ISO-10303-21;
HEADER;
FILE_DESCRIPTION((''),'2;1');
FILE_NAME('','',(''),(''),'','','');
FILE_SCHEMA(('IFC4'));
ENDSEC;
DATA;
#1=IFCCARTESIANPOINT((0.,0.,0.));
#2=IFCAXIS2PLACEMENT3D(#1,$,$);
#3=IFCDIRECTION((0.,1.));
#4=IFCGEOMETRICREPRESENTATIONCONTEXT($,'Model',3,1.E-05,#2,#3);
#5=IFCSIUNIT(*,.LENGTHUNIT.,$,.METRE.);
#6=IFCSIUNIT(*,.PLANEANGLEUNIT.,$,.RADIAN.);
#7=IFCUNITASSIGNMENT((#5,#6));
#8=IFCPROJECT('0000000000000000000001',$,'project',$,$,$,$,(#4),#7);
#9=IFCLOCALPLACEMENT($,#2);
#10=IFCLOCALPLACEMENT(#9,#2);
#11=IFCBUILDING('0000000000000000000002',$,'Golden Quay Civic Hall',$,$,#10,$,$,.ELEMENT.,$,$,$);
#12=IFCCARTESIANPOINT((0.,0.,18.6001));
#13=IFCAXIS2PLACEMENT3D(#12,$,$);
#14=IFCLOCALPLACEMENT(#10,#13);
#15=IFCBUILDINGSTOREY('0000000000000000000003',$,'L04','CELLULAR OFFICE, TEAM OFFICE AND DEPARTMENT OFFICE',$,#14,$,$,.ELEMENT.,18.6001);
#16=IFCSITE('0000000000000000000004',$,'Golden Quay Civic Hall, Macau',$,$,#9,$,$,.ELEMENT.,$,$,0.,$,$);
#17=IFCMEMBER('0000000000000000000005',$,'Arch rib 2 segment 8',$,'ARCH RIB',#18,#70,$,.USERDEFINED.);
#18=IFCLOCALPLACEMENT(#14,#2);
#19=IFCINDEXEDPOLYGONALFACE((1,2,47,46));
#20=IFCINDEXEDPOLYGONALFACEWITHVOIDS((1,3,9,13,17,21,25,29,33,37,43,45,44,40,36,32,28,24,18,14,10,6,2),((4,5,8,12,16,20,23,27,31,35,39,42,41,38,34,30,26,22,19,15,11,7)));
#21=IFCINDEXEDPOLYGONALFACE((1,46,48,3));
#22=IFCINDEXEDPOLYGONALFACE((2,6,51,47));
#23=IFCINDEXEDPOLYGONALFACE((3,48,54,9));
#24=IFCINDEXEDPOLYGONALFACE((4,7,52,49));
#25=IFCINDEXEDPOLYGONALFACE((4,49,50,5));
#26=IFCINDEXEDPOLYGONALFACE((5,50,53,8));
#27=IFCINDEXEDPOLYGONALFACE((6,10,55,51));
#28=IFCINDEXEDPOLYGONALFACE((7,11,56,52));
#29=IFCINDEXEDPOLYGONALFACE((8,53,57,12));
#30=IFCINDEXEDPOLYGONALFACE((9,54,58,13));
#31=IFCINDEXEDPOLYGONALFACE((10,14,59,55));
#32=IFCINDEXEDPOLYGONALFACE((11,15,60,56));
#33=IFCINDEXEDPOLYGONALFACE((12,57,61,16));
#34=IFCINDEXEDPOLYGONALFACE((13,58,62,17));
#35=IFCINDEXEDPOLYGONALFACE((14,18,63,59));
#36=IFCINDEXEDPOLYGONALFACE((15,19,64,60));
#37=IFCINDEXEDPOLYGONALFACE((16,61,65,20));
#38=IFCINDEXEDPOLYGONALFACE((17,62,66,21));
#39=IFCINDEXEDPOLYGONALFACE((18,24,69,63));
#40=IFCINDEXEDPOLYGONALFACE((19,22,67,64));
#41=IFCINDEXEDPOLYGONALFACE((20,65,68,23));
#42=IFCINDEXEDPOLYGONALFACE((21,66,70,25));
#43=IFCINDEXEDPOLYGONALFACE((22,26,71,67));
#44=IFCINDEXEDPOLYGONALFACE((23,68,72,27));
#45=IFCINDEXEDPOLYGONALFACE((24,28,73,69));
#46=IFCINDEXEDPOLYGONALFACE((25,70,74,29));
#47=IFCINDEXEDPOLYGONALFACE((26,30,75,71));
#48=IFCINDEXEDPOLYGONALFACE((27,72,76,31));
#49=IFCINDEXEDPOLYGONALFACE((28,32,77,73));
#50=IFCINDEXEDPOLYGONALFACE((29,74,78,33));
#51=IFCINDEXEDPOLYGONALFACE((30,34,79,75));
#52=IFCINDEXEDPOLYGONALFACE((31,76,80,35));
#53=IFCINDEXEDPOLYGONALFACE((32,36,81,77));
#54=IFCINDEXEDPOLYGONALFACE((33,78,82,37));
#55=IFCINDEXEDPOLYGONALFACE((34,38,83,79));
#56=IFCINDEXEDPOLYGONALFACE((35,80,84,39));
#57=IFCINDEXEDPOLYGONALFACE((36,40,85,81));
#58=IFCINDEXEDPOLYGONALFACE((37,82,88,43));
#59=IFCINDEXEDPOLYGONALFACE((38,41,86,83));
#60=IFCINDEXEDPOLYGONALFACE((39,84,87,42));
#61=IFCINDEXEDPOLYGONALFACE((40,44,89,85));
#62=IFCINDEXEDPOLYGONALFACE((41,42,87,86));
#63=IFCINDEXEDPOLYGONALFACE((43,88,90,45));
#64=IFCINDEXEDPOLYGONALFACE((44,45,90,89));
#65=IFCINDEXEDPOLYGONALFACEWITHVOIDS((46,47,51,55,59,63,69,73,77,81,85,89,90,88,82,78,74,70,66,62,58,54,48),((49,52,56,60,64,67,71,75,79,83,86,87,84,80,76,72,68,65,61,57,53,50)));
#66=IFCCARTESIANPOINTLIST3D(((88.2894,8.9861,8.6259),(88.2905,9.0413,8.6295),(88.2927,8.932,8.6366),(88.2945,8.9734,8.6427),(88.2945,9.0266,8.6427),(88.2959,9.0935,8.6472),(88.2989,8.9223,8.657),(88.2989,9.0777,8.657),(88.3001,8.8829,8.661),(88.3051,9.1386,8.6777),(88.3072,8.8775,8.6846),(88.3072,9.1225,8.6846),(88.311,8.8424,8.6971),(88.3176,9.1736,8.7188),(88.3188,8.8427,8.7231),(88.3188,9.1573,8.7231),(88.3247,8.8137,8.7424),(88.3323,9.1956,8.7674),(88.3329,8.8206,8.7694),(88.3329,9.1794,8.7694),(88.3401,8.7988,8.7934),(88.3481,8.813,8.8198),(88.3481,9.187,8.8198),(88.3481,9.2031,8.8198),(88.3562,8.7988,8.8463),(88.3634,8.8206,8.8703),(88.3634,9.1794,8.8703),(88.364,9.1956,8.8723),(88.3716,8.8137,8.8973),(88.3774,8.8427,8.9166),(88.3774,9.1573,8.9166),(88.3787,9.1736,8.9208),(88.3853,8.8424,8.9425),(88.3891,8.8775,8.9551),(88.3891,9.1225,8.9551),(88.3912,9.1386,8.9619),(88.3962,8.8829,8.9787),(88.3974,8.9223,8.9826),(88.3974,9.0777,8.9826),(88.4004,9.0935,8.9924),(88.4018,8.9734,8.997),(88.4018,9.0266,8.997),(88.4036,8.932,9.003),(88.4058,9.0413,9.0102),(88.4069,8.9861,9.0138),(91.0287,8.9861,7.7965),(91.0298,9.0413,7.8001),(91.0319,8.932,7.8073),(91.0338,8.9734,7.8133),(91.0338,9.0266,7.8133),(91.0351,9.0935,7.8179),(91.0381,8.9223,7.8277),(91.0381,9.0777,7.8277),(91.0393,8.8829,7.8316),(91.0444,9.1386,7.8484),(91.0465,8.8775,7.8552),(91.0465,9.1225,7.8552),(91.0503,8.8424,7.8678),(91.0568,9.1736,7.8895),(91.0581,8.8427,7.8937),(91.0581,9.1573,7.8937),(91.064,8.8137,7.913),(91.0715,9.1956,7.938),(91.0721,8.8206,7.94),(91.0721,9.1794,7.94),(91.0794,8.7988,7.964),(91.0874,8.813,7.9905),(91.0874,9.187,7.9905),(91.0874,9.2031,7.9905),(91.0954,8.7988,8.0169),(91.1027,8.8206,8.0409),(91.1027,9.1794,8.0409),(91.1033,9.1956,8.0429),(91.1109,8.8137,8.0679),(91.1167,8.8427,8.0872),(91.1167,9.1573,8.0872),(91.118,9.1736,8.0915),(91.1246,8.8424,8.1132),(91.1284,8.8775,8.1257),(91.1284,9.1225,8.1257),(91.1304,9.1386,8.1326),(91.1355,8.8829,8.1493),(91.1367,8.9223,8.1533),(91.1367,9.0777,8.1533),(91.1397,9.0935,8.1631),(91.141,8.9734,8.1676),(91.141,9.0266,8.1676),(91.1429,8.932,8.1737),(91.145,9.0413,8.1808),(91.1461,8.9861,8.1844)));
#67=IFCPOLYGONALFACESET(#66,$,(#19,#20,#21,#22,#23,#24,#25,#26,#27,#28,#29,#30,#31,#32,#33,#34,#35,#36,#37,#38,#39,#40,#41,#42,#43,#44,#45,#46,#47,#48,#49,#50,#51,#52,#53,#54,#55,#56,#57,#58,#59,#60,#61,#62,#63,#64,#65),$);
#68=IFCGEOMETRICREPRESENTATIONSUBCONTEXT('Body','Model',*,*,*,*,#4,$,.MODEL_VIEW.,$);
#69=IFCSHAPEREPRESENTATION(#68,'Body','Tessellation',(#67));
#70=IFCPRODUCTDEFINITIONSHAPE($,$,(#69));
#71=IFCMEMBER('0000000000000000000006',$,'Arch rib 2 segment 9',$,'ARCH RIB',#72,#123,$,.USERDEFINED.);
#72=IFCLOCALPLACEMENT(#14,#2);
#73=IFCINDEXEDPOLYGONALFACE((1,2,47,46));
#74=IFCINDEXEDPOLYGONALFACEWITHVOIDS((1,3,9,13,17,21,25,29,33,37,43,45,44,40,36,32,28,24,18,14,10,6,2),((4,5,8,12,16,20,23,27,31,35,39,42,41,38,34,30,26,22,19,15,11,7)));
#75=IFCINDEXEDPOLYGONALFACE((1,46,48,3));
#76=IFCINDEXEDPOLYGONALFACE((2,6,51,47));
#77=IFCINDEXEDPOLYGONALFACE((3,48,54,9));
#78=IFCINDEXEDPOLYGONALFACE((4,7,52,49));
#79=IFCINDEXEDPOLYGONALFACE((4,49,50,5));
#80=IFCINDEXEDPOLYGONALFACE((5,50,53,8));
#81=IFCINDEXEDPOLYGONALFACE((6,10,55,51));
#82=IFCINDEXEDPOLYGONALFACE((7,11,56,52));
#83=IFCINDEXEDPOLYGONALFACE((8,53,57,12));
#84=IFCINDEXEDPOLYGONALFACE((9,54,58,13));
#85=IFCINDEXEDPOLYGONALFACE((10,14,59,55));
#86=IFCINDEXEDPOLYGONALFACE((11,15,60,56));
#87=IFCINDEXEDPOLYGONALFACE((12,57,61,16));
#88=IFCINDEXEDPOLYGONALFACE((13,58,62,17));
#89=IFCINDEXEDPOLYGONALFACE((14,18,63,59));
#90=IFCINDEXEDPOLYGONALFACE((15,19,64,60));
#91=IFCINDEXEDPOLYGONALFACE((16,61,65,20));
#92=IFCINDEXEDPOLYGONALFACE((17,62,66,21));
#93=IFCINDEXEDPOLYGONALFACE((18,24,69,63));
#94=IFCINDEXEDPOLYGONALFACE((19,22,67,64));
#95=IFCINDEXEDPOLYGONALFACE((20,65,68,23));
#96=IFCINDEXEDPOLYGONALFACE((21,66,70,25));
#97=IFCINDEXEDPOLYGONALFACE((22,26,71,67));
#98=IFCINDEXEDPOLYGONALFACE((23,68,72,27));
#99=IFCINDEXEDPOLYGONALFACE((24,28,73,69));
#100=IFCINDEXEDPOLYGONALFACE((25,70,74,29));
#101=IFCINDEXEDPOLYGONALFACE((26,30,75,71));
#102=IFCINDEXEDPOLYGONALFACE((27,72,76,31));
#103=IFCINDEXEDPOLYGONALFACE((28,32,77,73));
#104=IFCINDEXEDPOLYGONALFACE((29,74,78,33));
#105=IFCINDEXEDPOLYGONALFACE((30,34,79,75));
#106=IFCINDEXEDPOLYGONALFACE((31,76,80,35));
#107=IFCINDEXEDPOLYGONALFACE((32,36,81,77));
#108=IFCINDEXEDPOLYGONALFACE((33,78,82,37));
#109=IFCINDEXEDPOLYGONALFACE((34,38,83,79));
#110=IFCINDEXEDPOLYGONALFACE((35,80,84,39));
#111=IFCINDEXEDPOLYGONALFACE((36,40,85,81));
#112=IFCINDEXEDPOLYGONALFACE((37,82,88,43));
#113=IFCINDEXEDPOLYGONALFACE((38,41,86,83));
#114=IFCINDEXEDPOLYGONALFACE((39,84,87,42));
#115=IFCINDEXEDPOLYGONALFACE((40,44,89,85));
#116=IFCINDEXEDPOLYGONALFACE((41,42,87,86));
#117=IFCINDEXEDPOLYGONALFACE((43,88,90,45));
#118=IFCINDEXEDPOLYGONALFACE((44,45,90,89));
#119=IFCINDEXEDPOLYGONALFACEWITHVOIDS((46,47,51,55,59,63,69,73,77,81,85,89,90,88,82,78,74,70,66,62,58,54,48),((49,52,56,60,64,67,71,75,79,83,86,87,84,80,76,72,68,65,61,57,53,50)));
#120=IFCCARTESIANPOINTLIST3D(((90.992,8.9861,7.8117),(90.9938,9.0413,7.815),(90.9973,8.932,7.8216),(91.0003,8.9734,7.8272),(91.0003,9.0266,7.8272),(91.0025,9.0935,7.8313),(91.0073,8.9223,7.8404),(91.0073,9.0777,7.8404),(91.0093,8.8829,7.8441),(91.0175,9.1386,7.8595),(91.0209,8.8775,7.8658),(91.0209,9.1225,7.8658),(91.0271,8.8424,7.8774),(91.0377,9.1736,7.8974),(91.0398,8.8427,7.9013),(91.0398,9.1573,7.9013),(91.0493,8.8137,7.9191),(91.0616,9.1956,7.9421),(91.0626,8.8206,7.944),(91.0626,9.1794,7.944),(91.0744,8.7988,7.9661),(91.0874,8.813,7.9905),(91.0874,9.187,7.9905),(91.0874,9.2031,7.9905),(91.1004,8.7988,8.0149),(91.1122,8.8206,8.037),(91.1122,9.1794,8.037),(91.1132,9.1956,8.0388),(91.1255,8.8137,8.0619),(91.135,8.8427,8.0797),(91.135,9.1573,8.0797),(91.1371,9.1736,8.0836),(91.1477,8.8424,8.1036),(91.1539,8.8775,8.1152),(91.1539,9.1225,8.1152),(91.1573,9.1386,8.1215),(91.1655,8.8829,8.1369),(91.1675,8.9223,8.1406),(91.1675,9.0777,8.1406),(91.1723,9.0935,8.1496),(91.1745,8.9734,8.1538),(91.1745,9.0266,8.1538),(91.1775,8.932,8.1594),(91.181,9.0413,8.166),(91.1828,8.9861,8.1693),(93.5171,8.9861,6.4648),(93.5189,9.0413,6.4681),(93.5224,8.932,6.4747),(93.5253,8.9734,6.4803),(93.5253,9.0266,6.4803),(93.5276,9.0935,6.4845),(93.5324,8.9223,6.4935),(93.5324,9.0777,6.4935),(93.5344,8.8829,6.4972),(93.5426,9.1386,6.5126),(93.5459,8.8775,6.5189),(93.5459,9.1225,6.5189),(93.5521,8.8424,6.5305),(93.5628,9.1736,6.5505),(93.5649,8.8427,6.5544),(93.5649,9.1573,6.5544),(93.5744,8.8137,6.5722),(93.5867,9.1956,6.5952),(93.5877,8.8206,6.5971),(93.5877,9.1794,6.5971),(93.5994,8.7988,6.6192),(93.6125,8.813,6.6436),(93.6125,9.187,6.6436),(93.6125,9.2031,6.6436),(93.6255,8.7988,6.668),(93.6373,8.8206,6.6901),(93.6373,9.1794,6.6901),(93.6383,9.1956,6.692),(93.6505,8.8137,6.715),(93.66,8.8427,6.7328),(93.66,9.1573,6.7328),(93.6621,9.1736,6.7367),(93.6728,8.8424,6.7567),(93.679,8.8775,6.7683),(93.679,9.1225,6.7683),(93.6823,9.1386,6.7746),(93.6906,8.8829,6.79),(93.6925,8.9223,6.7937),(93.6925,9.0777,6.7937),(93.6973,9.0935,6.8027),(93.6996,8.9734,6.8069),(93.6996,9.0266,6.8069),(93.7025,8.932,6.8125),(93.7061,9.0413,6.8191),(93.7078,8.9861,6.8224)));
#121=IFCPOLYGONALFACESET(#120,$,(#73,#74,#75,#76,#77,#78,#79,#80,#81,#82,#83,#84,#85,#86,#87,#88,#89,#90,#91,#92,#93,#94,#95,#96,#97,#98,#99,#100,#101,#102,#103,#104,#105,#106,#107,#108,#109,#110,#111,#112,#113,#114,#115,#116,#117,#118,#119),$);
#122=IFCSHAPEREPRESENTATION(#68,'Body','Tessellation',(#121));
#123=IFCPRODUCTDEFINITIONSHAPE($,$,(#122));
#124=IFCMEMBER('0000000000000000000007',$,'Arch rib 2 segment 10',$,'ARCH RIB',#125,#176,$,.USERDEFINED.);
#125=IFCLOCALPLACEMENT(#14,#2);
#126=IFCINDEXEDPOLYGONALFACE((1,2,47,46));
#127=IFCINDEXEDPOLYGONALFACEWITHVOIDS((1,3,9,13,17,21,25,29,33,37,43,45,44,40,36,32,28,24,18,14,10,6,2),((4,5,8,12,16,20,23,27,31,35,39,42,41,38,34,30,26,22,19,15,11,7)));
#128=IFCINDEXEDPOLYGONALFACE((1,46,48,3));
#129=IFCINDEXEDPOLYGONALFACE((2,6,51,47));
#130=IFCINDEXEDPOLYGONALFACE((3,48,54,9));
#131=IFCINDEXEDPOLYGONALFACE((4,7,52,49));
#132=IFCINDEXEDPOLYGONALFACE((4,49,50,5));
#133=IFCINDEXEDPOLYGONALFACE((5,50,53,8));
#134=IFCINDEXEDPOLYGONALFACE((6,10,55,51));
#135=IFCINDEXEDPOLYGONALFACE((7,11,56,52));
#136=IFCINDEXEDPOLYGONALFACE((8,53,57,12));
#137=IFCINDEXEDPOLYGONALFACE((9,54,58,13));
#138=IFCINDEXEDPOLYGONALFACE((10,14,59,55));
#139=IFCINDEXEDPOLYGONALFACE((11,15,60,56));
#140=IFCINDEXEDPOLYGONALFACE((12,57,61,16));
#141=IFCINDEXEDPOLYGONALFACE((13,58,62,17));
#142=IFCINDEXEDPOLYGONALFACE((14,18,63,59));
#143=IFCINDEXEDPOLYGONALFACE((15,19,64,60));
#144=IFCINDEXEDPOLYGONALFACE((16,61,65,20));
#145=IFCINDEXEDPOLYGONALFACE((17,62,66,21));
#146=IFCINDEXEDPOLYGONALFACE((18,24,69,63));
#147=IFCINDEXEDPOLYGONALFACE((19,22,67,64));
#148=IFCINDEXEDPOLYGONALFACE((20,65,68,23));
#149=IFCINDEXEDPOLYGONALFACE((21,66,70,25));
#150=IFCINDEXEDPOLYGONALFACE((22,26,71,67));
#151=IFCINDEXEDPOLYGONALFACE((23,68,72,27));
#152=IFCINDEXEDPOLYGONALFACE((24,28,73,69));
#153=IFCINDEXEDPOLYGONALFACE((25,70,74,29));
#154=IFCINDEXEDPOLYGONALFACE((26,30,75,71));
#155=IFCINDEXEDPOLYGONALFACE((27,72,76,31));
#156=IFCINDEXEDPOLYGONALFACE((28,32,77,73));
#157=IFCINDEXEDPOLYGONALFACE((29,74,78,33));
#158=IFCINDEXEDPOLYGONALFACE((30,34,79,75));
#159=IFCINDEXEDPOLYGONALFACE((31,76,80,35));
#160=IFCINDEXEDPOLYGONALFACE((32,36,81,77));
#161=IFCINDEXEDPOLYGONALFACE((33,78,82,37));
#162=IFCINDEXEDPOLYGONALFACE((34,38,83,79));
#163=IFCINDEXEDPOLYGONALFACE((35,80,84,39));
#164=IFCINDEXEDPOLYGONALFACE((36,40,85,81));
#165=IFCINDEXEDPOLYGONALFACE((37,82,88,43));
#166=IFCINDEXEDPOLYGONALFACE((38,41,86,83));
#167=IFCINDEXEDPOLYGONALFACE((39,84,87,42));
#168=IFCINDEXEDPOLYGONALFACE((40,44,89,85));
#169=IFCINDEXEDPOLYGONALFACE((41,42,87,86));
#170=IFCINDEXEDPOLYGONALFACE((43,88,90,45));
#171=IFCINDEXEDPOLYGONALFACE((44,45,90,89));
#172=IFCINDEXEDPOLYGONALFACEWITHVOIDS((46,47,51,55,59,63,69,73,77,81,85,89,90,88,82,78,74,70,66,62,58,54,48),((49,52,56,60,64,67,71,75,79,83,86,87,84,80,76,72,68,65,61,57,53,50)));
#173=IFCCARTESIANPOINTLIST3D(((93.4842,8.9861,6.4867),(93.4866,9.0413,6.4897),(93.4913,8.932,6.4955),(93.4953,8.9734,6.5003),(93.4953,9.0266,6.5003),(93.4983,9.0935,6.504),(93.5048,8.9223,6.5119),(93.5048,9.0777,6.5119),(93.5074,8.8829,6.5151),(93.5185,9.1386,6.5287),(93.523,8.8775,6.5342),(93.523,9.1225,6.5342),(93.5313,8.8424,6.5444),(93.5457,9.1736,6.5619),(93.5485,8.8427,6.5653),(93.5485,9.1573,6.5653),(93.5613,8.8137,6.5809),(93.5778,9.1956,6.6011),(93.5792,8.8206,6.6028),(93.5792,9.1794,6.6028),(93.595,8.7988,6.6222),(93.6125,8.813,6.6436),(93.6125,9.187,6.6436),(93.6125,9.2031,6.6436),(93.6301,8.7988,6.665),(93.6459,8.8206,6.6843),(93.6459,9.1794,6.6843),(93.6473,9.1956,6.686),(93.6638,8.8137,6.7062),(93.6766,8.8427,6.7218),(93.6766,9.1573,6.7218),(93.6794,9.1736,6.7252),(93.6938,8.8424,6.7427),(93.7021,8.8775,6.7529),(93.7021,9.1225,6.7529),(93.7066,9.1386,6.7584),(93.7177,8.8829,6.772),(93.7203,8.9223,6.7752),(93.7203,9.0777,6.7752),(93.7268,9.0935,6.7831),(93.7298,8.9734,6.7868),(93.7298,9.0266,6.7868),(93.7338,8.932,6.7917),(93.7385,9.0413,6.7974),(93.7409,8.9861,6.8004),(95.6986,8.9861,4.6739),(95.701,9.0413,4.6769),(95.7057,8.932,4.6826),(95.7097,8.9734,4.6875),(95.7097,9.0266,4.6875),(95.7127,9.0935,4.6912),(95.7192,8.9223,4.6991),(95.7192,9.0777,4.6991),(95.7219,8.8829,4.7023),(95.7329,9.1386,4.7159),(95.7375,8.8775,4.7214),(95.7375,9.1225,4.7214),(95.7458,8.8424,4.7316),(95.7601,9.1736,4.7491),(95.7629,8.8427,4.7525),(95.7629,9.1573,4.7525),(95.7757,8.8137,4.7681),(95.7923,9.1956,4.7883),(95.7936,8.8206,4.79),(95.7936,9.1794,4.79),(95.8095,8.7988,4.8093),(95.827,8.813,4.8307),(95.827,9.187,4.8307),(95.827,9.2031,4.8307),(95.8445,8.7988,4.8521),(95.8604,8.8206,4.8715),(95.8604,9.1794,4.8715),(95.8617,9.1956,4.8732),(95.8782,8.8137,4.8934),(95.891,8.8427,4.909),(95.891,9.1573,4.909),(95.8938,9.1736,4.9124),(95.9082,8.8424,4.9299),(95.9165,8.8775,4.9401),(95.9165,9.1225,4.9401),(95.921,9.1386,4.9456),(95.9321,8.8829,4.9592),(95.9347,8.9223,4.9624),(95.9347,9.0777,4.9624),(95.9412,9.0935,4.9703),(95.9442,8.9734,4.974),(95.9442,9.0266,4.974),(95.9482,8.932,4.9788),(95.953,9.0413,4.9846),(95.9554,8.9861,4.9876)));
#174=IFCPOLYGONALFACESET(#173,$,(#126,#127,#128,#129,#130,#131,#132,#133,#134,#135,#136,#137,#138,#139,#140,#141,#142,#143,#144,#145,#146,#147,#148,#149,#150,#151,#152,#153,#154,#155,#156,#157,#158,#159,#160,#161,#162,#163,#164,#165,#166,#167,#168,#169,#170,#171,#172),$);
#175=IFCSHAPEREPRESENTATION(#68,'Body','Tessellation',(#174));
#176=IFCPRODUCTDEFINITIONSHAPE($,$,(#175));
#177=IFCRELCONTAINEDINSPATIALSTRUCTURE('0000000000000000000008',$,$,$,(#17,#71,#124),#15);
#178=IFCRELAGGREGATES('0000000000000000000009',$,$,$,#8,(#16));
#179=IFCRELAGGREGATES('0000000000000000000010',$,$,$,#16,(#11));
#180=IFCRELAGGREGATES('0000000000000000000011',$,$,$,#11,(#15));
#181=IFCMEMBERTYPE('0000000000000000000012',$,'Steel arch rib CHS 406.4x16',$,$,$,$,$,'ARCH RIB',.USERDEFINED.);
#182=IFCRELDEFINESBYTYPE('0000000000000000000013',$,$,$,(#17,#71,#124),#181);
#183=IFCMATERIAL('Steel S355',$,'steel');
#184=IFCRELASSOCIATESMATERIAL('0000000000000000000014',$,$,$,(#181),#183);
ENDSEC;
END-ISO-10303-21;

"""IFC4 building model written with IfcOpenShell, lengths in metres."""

from ifc_helpers import new_model, si_unit, direction, frame, origin, origin_2d, place, context, subcontext, project, spatial, hollow_circle, extrude, material, material_profile, profile_set, type_object, element, save


model = new_model("IFC4")

# Units and contexts
model_context = context("Model", 3, precision=1e-05, world=origin(), true_north=direction((0.0, 1.0)))
body_context = subcontext(model_context, "Body", "Model", "MODEL_VIEW")
ifc_project = project(units=[si_unit("LENGTHUNIT", "METRE"), si_unit("PLANEANGLEUNIT", "RADIAN")], contexts=[model_context])

# Site, building, storey
site_placement = place(None, origin())
site = spatial("IfcSite", under=ifc_project, at=site_placement, Name="Golden Quay Civic Hall, Macau", CompositionType="ELEMENT", RefElevation=0.0)
building_placement = place(site_placement, origin())
building = spatial("IfcBuilding", under=site, at=building_placement, Name="Golden Quay Civic Hall", CompositionType="ELEMENT")
storey_placement = place(building_placement, frame((0.0, 0.0, 18.6001)))
storey = spatial("IfcBuildingStorey", under=building, at=storey_placement, Name="L04", Description="CELLULAR OFFICE, TEAM OFFICE AND DEPARTMENT OFFICE", CompositionType="ELEMENT", Elevation=18.6001)

# Members
ifc_material_1 = material(Name="Steel S355", Category="steel")
ifc_material_profile_1 = material_profile(ifc_material_1, hollow_circle(Radius=0.2031, WallThickness=0.0161, at=origin_2d()), Name="CHS 406.4x16")
ifc_profile_set_1 = profile_set([ifc_material_profile_1], Name="Steel S355")
member_type_1 = type_object("IfcMemberType", Name="Steel arch rib CHS 406.4x16", ElementType="ARCH RIB", PredefinedType="USERDEFINED", material=ifc_profile_set_1)
member_1_placement = place(storey_placement, frame((88.3481, 9.0, 8.8198), z_axis=(0.957095, 0.0, -0.289773), x_axis=(0.0, 1.0, 0.0)))
element("IfcMember", 1, at=member_1_placement, inside=storey, type_object=member_type_1, Name="Arch rib 2 segment 8", ObjectType="ARCH RIB", PredefinedType="USERDEFINED", context=body_context, shape_type="SweptSolid", body=[
    extrude(hollow_circle(Radius=0.2031, WallThickness=0.0161, at=origin_2d()), origin(), (0.0, 0.0, 1.0), 2.8621),
])
for number, where, z_axis, x_axis, name in (
    (2, (91.0874, 9.0, 7.9905), (0.882327, 0.0, -0.470637), (0.0, 1.0, 0.0), "Arch rib 2 segment 9"),
    (3, (93.6125, 9.0, 6.6436), (0.773786, 0.0, -0.633447), (0.0, 1.0, 0.0), "Arch rib 2 segment 10"),
):
    element("IfcMember", number, at=place(storey_placement, frame(where, z_axis=z_axis, x_axis=x_axis)), inside=storey, type_object=member_type_1, Name=name, ObjectType="ARCH RIB", PredefinedType="USERDEFINED", context=body_context, shape_type="SweptSolid", body=[
        extrude(hollow_circle(Radius=0.2031, WallThickness=0.0161, at=origin_2d()), origin(), (0.0, 0.0, 1.0), 2.8618),
    ])

save(model, "model.ifc")
